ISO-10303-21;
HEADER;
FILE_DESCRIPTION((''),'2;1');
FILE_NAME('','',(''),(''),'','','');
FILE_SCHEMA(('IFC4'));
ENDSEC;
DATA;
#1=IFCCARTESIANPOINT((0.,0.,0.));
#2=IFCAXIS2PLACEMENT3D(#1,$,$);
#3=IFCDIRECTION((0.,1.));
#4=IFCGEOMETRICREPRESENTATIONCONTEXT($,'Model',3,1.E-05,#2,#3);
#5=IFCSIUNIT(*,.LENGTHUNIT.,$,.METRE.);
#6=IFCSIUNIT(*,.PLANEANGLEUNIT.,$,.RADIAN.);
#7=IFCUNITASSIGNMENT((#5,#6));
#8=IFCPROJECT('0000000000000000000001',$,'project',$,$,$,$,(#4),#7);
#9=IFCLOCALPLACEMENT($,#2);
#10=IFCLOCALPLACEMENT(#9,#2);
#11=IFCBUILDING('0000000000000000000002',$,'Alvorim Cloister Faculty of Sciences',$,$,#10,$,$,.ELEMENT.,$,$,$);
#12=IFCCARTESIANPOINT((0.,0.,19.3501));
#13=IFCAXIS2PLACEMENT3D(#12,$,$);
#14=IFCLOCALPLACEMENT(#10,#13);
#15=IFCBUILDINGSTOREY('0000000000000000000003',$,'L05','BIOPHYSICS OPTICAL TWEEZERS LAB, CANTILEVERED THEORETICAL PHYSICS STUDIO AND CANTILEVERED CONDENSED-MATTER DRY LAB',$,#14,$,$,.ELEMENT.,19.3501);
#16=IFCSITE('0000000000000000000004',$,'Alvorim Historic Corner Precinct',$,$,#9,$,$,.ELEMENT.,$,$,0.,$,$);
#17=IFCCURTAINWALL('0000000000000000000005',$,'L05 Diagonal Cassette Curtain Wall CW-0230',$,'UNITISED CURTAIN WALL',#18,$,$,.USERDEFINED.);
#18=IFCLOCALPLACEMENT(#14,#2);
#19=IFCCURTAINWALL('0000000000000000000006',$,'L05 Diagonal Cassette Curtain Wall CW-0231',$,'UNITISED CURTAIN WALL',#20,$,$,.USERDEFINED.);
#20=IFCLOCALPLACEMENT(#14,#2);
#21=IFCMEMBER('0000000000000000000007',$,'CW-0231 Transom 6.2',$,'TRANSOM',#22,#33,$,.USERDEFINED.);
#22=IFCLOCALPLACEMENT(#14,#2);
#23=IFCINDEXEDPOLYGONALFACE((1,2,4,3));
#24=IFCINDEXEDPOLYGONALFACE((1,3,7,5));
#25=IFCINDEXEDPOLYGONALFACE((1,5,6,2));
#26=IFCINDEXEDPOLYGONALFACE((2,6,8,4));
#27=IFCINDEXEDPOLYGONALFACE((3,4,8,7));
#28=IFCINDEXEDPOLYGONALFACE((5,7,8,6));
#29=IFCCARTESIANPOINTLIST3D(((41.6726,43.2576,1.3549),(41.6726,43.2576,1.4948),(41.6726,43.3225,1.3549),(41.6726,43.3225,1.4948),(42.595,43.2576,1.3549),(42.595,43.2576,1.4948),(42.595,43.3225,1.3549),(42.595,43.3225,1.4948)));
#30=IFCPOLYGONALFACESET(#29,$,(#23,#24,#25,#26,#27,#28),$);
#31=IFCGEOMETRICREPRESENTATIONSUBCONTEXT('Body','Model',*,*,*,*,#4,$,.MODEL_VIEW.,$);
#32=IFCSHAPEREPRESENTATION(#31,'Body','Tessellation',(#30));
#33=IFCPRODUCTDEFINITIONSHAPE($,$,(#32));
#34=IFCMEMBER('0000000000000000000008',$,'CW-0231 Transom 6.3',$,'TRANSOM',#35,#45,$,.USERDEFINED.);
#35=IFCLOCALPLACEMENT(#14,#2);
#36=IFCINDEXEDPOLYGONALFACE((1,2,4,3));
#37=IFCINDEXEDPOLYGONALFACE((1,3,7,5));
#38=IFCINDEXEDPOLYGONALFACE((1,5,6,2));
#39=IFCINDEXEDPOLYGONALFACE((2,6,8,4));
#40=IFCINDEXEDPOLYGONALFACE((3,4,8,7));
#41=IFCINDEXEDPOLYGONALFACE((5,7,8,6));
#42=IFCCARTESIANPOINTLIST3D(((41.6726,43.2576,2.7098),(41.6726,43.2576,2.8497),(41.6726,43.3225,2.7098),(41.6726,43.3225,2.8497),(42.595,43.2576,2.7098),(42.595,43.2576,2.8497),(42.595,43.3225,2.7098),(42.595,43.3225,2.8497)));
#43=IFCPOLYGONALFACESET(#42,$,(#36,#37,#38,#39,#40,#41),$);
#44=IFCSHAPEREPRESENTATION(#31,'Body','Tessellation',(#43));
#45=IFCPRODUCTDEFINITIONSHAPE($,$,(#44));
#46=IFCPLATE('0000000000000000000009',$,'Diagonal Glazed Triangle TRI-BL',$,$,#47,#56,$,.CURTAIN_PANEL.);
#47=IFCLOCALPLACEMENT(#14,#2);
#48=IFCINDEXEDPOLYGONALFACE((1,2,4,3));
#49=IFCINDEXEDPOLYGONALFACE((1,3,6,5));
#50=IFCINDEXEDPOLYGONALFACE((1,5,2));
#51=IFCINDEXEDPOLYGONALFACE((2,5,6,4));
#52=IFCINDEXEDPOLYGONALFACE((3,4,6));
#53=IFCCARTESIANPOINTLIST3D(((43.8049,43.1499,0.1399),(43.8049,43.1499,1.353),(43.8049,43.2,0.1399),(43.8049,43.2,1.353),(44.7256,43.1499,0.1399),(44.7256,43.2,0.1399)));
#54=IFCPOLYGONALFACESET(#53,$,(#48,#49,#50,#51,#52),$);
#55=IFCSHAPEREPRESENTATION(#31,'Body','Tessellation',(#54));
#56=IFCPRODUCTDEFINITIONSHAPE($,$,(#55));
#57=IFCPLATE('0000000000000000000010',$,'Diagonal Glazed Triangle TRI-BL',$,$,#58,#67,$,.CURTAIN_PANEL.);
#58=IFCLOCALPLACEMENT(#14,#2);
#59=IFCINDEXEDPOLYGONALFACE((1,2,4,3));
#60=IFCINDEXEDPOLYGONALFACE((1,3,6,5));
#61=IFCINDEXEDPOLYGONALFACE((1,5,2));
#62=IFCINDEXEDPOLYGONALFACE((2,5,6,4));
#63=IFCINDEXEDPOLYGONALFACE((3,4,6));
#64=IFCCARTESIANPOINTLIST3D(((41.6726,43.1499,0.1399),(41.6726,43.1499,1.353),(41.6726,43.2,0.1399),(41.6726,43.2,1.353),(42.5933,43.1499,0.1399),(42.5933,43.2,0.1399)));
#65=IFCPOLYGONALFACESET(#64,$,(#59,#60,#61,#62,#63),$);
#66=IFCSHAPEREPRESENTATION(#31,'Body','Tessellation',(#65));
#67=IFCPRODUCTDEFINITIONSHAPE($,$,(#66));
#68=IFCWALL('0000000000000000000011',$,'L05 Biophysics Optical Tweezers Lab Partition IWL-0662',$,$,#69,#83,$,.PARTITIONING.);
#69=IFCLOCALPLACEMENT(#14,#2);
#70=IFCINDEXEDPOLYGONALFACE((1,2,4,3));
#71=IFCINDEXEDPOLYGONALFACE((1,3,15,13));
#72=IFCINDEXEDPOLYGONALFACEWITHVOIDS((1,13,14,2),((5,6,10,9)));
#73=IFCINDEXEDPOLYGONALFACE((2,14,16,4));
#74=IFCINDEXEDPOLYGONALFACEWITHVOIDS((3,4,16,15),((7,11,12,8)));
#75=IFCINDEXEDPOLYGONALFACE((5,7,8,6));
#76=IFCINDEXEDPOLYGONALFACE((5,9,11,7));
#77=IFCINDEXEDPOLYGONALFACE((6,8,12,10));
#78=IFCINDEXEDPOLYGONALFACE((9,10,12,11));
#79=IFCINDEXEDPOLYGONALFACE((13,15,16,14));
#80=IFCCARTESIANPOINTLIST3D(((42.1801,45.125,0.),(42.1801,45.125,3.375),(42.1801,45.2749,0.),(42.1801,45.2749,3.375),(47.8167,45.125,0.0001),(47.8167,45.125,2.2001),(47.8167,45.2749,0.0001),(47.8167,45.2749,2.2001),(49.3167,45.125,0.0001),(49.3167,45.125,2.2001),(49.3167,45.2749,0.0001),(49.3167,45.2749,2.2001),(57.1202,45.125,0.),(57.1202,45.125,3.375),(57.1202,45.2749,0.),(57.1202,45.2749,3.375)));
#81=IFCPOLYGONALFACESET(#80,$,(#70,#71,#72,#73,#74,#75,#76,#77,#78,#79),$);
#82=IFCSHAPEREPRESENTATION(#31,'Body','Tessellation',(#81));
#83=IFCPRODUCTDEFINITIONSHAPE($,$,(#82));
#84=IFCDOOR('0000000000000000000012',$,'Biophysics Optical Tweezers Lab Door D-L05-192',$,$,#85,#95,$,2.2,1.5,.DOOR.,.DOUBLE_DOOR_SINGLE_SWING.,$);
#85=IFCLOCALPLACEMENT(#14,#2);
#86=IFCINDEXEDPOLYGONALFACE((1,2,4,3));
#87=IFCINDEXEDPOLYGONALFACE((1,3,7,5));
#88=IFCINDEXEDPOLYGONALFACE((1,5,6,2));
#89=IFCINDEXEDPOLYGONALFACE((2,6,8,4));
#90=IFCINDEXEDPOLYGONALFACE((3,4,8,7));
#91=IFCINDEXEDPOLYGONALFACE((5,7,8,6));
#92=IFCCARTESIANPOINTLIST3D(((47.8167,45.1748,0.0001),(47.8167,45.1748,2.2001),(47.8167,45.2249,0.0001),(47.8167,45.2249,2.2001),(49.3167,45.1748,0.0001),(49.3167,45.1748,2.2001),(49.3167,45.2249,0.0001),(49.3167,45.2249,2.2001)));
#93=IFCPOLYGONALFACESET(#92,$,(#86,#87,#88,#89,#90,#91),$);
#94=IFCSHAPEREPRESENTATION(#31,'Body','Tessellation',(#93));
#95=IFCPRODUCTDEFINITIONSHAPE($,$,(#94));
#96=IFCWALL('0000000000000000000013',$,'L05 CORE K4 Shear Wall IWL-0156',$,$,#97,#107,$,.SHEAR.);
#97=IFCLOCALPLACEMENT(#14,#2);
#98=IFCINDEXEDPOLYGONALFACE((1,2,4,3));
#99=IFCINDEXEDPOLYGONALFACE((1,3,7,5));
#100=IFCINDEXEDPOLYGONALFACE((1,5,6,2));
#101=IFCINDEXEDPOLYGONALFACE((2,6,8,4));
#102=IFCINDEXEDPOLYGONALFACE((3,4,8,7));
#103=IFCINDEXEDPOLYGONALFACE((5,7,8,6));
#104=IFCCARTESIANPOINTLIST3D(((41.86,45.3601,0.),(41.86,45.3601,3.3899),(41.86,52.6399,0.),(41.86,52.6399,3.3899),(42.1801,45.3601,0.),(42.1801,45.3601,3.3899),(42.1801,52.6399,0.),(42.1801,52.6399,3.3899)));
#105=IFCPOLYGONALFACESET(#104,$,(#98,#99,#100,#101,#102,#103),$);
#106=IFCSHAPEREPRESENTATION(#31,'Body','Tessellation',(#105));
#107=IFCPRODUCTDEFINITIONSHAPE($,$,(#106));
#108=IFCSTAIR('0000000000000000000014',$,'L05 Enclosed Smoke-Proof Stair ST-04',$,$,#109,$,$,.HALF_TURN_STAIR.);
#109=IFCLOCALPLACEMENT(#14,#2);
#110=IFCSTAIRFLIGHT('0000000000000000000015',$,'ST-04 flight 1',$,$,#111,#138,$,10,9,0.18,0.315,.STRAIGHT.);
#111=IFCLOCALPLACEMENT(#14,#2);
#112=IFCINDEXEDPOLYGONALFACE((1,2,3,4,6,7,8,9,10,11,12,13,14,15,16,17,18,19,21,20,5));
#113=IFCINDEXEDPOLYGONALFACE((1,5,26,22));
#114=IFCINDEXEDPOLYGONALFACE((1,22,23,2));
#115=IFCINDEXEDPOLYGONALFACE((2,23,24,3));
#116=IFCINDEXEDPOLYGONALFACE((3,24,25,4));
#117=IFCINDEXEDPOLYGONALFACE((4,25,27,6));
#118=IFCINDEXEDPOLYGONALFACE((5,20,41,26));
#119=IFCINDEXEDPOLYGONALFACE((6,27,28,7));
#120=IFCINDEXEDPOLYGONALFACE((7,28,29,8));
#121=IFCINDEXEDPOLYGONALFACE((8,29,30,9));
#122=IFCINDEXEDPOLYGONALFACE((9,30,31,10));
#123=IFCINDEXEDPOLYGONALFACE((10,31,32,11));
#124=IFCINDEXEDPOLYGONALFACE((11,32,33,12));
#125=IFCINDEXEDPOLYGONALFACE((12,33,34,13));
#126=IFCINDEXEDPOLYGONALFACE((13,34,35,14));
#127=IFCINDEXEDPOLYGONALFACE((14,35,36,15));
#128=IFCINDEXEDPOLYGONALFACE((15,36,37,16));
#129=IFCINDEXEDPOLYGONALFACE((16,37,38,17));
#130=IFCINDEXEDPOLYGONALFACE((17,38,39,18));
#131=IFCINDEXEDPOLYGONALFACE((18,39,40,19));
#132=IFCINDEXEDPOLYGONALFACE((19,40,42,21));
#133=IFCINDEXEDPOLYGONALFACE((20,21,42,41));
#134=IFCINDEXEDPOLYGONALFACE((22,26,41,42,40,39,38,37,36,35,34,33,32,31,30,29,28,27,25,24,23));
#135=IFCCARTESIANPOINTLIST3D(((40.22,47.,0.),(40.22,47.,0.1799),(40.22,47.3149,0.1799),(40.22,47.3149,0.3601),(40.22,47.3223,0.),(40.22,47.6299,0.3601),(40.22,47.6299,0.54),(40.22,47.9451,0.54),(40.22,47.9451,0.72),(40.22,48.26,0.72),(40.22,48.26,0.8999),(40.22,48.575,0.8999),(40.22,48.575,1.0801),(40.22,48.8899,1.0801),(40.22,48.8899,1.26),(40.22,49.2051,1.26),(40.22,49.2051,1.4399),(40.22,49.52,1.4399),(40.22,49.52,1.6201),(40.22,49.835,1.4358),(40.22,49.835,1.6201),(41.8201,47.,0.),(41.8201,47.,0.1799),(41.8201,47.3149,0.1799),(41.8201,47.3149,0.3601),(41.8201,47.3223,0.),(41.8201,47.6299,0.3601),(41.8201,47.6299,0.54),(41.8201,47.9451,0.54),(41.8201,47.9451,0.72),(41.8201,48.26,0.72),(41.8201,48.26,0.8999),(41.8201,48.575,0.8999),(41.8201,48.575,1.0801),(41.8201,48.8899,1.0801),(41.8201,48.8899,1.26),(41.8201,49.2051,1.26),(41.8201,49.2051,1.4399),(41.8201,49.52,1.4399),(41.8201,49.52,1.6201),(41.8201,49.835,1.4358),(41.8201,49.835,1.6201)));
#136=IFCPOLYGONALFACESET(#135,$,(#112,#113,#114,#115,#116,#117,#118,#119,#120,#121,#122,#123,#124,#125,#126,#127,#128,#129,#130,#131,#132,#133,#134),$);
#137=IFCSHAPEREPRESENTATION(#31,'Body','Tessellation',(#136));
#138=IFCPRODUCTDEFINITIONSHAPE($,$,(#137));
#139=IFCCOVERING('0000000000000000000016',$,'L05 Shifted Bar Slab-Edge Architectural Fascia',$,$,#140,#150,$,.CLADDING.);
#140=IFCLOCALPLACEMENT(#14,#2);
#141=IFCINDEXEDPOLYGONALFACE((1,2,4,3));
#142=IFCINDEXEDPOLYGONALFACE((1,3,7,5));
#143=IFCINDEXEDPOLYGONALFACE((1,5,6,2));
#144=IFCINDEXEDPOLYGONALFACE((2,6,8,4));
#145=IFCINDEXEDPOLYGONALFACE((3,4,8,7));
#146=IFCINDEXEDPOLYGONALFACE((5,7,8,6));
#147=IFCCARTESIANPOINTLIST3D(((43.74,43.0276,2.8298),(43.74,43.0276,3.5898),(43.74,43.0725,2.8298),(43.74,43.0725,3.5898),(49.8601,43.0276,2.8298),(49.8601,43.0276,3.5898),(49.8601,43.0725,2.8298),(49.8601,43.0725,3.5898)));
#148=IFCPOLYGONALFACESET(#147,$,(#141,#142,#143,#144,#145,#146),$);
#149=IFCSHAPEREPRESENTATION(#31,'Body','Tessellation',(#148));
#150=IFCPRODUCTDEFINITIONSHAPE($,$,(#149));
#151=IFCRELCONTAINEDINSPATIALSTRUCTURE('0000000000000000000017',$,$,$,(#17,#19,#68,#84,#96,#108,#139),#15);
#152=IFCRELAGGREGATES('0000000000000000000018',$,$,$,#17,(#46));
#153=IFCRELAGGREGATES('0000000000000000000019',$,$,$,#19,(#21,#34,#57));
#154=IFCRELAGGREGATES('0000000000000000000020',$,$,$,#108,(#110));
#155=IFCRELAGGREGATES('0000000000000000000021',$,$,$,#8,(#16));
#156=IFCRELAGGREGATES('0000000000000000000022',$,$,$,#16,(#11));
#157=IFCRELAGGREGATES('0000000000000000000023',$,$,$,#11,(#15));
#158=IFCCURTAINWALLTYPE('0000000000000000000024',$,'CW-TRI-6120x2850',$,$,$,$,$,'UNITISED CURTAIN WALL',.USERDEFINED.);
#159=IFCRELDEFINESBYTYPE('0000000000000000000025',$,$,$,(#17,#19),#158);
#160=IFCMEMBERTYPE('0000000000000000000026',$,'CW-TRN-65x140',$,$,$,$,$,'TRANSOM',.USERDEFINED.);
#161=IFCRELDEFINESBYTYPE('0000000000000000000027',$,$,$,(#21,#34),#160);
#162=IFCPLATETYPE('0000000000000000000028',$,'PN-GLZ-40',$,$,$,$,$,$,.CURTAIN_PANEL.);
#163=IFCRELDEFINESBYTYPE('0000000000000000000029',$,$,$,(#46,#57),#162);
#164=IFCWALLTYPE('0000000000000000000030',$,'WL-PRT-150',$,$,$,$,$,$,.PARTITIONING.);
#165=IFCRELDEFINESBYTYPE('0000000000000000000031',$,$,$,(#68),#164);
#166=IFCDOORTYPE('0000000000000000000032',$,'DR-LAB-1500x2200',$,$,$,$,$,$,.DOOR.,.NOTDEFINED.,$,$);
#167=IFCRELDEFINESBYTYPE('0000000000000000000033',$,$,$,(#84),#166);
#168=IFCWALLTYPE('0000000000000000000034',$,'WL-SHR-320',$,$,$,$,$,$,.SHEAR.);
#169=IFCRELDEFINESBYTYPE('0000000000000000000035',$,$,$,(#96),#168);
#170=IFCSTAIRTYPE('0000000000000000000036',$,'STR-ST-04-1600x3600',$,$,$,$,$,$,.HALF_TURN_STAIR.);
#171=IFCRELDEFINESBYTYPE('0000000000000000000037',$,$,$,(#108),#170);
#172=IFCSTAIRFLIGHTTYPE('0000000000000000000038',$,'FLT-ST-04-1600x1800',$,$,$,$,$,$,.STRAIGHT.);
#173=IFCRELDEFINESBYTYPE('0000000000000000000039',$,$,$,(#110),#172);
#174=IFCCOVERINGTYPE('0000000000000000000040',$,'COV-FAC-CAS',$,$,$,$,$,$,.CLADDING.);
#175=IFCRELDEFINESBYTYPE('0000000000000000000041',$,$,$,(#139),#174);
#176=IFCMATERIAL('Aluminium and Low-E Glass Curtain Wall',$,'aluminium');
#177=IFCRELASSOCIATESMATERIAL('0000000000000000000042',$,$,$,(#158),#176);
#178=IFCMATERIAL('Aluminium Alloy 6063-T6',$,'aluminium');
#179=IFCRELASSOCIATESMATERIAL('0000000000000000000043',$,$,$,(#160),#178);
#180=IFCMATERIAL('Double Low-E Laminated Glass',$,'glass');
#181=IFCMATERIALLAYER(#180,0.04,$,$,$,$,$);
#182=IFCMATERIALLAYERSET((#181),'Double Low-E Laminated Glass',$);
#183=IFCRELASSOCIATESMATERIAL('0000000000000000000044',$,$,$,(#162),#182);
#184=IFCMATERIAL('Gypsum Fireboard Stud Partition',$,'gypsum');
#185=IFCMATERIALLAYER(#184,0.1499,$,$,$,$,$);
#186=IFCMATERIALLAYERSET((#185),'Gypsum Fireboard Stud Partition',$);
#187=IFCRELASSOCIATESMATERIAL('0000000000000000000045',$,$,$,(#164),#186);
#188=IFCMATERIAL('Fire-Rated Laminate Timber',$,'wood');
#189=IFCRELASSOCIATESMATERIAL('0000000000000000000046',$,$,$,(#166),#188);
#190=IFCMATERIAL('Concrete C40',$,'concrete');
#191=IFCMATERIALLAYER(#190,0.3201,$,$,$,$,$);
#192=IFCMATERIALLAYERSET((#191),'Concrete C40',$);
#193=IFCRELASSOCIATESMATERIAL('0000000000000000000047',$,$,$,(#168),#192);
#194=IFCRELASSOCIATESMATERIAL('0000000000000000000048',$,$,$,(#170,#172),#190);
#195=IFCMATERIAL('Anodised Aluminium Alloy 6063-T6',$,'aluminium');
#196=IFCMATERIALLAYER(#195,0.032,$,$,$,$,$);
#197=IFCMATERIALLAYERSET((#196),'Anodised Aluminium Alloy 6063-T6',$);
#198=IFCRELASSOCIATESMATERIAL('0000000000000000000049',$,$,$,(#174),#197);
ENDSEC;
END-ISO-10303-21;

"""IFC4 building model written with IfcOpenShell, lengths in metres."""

from ifc_helpers import new_model, si_unit, direction, frame, frame_2d, origin, origin_2d, place, context, subcontext, project, spatial, polyline, rectangle, outline, extrude, material, layer, layer_set, material_profile, profile_set, type_object, element, fill, aggregate, save


model = new_model("IFC4")

# Units and contexts
model_context = context("Model", 3, precision=1e-05, world=origin(), true_north=direction((0.0, 1.0)))
body_context = subcontext(model_context, "Body", "Model", "MODEL_VIEW")
ifc_project = project(units=[si_unit("LENGTHUNIT", "METRE"), si_unit("PLANEANGLEUNIT", "RADIAN")], contexts=[model_context])

# Site, building, storey
site_placement = place(None, origin())
site = spatial("IfcSite", under=ifc_project, at=site_placement, Name="Alvorim Historic Corner Precinct", CompositionType="ELEMENT", RefElevation=0.0)
building_placement = place(site_placement, origin())
building = spatial("IfcBuilding", under=site, at=building_placement, Name="Alvorim Cloister Faculty of Sciences", CompositionType="ELEMENT")
storey_placement = place(building_placement, frame((0.0, 0.0, 19.3501)))
storey = spatial("IfcBuildingStorey", under=building, at=storey_placement, Name="L05", Description="BIOPHYSICS OPTICAL TWEEZERS LAB, CANTILEVERED THEORETICAL PHYSICS STUDIO AND CANTILEVERED CONDENSED-MATTER DRY LAB", CompositionType="ELEMENT", Elevation=19.3501)

# Curtain walls
ifc_material_1 = material(Name="Aluminium and Low-E Glass Curtain Wall", Category="aluminium")
curtain_wall_type = type_object("IfcCurtainWallType", Name="CW-TRI-6120x2850", ElementType="UNITISED CURTAIN WALL", PredefinedType="USERDEFINED", material=ifc_material_1)
curtain_wall_1_placement = place(storey_placement, origin())
curtain_wall_1 = element("IfcCurtainWall", 1, at=curtain_wall_1_placement, inside=storey, type_object=curtain_wall_type, Name="L05 Diagonal Cassette Curtain Wall CW-0230", ObjectType="UNITISED CURTAIN WALL", PredefinedType="USERDEFINED")
ifc_material_2 = material(Name="Aluminium Alloy 6063-T6", Category="aluminium")
curtain_wall_2_placement = place(storey_placement, origin())
curtain_wall_2 = element("IfcCurtainWall", 2, at=curtain_wall_2_placement, inside=storey, type_object=curtain_wall_type, Name="L05 Diagonal Cassette Curtain Wall CW-0231", ObjectType="UNITISED CURTAIN WALL", PredefinedType="USERDEFINED")

# Members
ifc_material_profile_1 = material_profile(ifc_material_2, rectangle(XDim=0.0649, YDim=0.1399, at=origin_2d()), Name="ALU-TRN-65x140")
ifc_profile_set_1 = profile_set([ifc_material_profile_1], Name="Aluminium Alloy 6063-T6")
member_type_1 = type_object("IfcMemberType", Name="CW-TRN-65x140", ElementType="TRANSOM", PredefinedType="USERDEFINED", material=ifc_profile_set_1)
member_1_placement = place(storey_placement, frame((41.6726, 43.29, 1.4248), z_axis=(1.0, 0.0, 0.0), x_axis=(0.0, 1.0, 0.0)))
member_1 = element("IfcMember", 3, at=member_1_placement, type_object=member_type_1, Name="CW-0231 Transom 6.2", ObjectType="TRANSOM", PredefinedType="USERDEFINED", context=body_context, shape_type="SweptSolid", body=[
    extrude(rectangle(XDim=0.0649, YDim=0.1399, at=origin_2d()), origin(), (0.0, 0.0, 1.0), 0.9224),
])
member_2_placement = place(storey_placement, frame((41.6726, 43.29, 2.7798), z_axis=(1.0, 0.0, 0.0), x_axis=(0.0, 1.0, 0.0)))
member_2 = element("IfcMember", 4, at=member_2_placement, type_object=member_type_1, Name="CW-0231 Transom 6.3", ObjectType="TRANSOM", PredefinedType="USERDEFINED", context=body_context, shape_type="SweptSolid", body=[
    extrude(rectangle(XDim=0.0649, YDim=0.1399, at=origin_2d()), origin(), (0.0, 0.0, 1.0), 0.9224),
])

# Plates
ifc_material_3 = material(Name="Double Low-E Laminated Glass", Category="glass")
ifc_layer_1 = layer(ifc_material_3, 0.04)
ifc_layer_set_1 = layer_set([ifc_layer_1], Name="Double Low-E Laminated Glass")
plate_type = type_object("IfcPlateType", Name="PN-GLZ-40", PredefinedType="CURTAIN_PANEL", material=ifc_layer_set_1)
plate_1_placement = place(storey_placement, frame((43.8049, 43.175, 0.1399), z_axis=(0.0, 0.0, 1.0), x_axis=(1.0, 0.0, 0.0)))
plate_1 = element("IfcPlate", 5, at=plate_1_placement, type_object=plate_type, Name="Diagonal Glazed Triangle TRI-BL", PredefinedType="CURTAIN_PANEL", context=body_context, shape_type="SweptSolid", body=[
    extrude(outline(polyline([(0.0, 0.0), (0.9207, 0.0), (0.0, 1.2131), (0.0, 0.0)])), frame((0.0, 0.0249, 0.0), z_axis=(0.0, -1.0, 0.0), x_axis=(1.0, 0.0, 0.0)), (0.0, 0.0, 1.0), 0.05),
])
aggregate(curtain_wall_1, [plate_1])
plate_2_placement = place(storey_placement, frame((41.6726, 43.175, 0.1399), z_axis=(0.0, 0.0, 1.0), x_axis=(1.0, 0.0, 0.0)))
plate_2 = element("IfcPlate", 6, at=plate_2_placement, type_object=plate_type, Name="Diagonal Glazed Triangle TRI-BL", PredefinedType="CURTAIN_PANEL", context=body_context, shape_type="SweptSolid", body=[
    extrude(outline(polyline([(0.0, 0.0), (0.9207, 0.0), (0.0, 1.2131), (0.0, 0.0)])), frame((0.0, 0.0249, 0.0), z_axis=(0.0, -1.0, 0.0), x_axis=(1.0, 0.0, 0.0)), (0.0, 0.0, 1.0), 0.05),
])
aggregate(curtain_wall_2, [member_1, member_2, plate_2])

# Wall, opening, door
ifc_material_4 = material(Name="Gypsum Fireboard Stud Partition", Category="gypsum")
ifc_layer_2 = layer(ifc_material_4, 0.1499)
ifc_layer_set_2 = layer_set([ifc_layer_2], Name="Gypsum Fireboard Stud Partition")
wall_type_1 = type_object("IfcWallType", Name="WL-PRT-150", PredefinedType="PARTITIONING", material=ifc_layer_set_2)
wall_1_placement = place(storey_placement, frame((42.1799, 45.2, 0.0), z_axis=(0.0, 0.0, 1.0), x_axis=(1.0, 0.0, 0.0)))
wall_1 = element("IfcWall", 7, at=wall_1_placement, inside=storey, type_object=wall_type_1, Name="L05 Biophysics Optical Tweezers Lab Partition IWL-0662", PredefinedType="PARTITIONING", context=body_context, shape_type="SweptSolid", body=[
    extrude(rectangle(XDim=14.9402, YDim=0.1499, at=frame_2d((7.4702, 0.0))), origin(), (0.0, 0.0, 1.0), 3.375),
])
opening_placement = place(wall_1_placement, frame((5.6367, 0.0, 0.0)))
opening = element("IfcOpeningElement", 8, at=opening_placement, cuts=wall_1, PredefinedType="OPENING", context=body_context, shape_type="SweptSolid", body=[
    extrude(rectangle(XDim=1.5, YDim=2.2, at=frame_2d((0.75, 1.1001))), frame((0.0, 0.0869, 0.0), z_axis=(0.0, -1.0, 0.0), x_axis=(1.0, 0.0, 0.0)), (0.0, 0.0, 1.0), 0.1738),
])
ifc_material_5 = material(Name="Fire-Rated Laminate Timber", Category="wood")
door_type = type_object("IfcDoorType", Name="DR-LAB-1500x2200", OperationType="NOTDEFINED", PredefinedType="DOOR", material=ifc_material_5)
door_placement = place(opening_placement, origin())
door = element("IfcDoor", 9, at=door_placement, inside=storey, type_object=door_type, Name="Biophysics Optical Tweezers Lab Door D-L05-192", OperationType="DOUBLE_DOOR_SINGLE_SWING", OverallHeight=2.2, OverallWidth=1.5, PredefinedType="DOOR", context=body_context, shape_type="SweptSolid", body=[
    extrude(rectangle(XDim=1.5, YDim=2.2, at=frame_2d((0.75, 1.1001))), frame((0.0, 0.0249, 0.0), z_axis=(0.0, -1.0, 0.0), x_axis=(1.0, 0.0, 0.0)), (0.0, 0.0, 1.0), 0.05),
])
fill(opening, door)

# Wall
ifc_material_6 = material(Name="Concrete C40", Category="concrete")
ifc_layer_3 = layer(ifc_material_6, 0.3201)
ifc_layer_set_3 = layer_set([ifc_layer_3], Name="Concrete C40")
wall_type_2 = type_object("IfcWallType", Name="WL-SHR-320", PredefinedType="SHEAR", material=ifc_layer_set_3)
wall_2_placement = place(storey_placement, frame((42.02, 45.3601, 0.0), z_axis=(0.0, 0.0, 1.0), x_axis=(0.0, 1.0, 0.0)))
element("IfcWall", 10, at=wall_2_placement, inside=storey, type_object=wall_type_2, Name="L05 CORE K4 Shear Wall IWL-0156", PredefinedType="SHEAR", context=body_context, shape_type="SweptSolid", body=[
    extrude(rectangle(XDim=7.2798, YDim=0.3201, at=frame_2d((3.6399, 0.0))), origin(), (0.0, 0.0, 1.0), 3.3899),
])

# Stair, stair flight
stair_type = type_object("IfcStairType", Name="STR-ST-04-1600x3600", PredefinedType="HALF_TURN_STAIR", material=ifc_material_6)
stair_placement = place(storey_placement, origin())
stair = element("IfcStair", 11, at=stair_placement, inside=storey, type_object=stair_type, Name="L05 Enclosed Smoke-Proof Stair ST-04", PredefinedType="HALF_TURN_STAIR")
stair_flight_type = type_object("IfcStairFlightType", Name="FLT-ST-04-1600x1800", PredefinedType="STRAIGHT", material=ifc_material_6)
stair_flight_placement = place(storey_placement, frame((41.02, 47.0, 0.0), z_axis=(0.0, 0.0, 1.0), x_axis=(0.0, 1.0, 0.0)))
stair_flight = element("IfcStairFlight", 12, at=stair_flight_placement, type_object=stair_flight_type, Name="ST-04 flight 1", NumberOfRisers=10, NumberOfTreads=9, PredefinedType="STRAIGHT", RiserHeight=0.18, TreadLength=0.315, context=body_context, shape_type="SweptSolid", body=[
    extrude(outline(polyline([(0.3223, 0.0), (2.835, 1.4358), (2.835, 1.8), (2.835, 1.6201), (2.52, 1.6201), (2.52, 1.4399), (2.2051, 1.4399), (2.2051, 1.26), (1.8899, 1.26), (1.8899, 1.0801), (1.575, 1.0801), (1.575, 0.8999), (1.26, 0.8999), (1.26, 0.72), (0.9451, 0.72), (0.9451, 0.54), (0.6299, 0.54), (0.6299, 0.3601), (0.3149, 0.3601), (0.3149, 0.1799), (0.0, 0.1799), (0.0, 0.0), (0.3223, 0.0)])), frame((0.0, 0.8, 0.0), z_axis=(0.0, -1.0, 0.0), x_axis=(1.0, 0.0, 0.0)), (0.0, 0.0, 1.0), 1.6001),
])
aggregate(stair, [stair_flight])

# Covering
ifc_material_7 = material(Name="Anodised Aluminium Alloy 6063-T6", Category="aluminium")
ifc_layer_4 = layer(ifc_material_7, 0.032)
ifc_layer_set_4 = layer_set([ifc_layer_4], Name="Anodised Aluminium Alloy 6063-T6")
covering_type = type_object("IfcCoveringType", Name="COV-FAC-CAS", PredefinedType="CLADDING", material=ifc_layer_set_4)
covering_placement = place(storey_placement, frame((43.74, 43.05, 2.8298), z_axis=(0.0, 0.0, 1.0), x_axis=(1.0, 0.0, 0.0)))
element("IfcCovering", 13, at=covering_placement, inside=storey, type_object=covering_type, Name="L05 Shifted Bar Slab-Edge Architectural Fascia", PredefinedType="CLADDING", context=body_context, shape_type="SweptSolid", body=[
    extrude(outline(polyline([(0.0, 0.0), (6.1201, 0.0), (6.1201, 0.76), (0.0, 0.76), (0.0, 0.0)])), frame((0.0, 0.0225, 0.0), z_axis=(0.0, -1.0, 0.0), x_axis=(1.0, 0.0, 0.0)), (0.0, 0.0, 1.0), 0.0449),
])

save(model, "model.ifc")
